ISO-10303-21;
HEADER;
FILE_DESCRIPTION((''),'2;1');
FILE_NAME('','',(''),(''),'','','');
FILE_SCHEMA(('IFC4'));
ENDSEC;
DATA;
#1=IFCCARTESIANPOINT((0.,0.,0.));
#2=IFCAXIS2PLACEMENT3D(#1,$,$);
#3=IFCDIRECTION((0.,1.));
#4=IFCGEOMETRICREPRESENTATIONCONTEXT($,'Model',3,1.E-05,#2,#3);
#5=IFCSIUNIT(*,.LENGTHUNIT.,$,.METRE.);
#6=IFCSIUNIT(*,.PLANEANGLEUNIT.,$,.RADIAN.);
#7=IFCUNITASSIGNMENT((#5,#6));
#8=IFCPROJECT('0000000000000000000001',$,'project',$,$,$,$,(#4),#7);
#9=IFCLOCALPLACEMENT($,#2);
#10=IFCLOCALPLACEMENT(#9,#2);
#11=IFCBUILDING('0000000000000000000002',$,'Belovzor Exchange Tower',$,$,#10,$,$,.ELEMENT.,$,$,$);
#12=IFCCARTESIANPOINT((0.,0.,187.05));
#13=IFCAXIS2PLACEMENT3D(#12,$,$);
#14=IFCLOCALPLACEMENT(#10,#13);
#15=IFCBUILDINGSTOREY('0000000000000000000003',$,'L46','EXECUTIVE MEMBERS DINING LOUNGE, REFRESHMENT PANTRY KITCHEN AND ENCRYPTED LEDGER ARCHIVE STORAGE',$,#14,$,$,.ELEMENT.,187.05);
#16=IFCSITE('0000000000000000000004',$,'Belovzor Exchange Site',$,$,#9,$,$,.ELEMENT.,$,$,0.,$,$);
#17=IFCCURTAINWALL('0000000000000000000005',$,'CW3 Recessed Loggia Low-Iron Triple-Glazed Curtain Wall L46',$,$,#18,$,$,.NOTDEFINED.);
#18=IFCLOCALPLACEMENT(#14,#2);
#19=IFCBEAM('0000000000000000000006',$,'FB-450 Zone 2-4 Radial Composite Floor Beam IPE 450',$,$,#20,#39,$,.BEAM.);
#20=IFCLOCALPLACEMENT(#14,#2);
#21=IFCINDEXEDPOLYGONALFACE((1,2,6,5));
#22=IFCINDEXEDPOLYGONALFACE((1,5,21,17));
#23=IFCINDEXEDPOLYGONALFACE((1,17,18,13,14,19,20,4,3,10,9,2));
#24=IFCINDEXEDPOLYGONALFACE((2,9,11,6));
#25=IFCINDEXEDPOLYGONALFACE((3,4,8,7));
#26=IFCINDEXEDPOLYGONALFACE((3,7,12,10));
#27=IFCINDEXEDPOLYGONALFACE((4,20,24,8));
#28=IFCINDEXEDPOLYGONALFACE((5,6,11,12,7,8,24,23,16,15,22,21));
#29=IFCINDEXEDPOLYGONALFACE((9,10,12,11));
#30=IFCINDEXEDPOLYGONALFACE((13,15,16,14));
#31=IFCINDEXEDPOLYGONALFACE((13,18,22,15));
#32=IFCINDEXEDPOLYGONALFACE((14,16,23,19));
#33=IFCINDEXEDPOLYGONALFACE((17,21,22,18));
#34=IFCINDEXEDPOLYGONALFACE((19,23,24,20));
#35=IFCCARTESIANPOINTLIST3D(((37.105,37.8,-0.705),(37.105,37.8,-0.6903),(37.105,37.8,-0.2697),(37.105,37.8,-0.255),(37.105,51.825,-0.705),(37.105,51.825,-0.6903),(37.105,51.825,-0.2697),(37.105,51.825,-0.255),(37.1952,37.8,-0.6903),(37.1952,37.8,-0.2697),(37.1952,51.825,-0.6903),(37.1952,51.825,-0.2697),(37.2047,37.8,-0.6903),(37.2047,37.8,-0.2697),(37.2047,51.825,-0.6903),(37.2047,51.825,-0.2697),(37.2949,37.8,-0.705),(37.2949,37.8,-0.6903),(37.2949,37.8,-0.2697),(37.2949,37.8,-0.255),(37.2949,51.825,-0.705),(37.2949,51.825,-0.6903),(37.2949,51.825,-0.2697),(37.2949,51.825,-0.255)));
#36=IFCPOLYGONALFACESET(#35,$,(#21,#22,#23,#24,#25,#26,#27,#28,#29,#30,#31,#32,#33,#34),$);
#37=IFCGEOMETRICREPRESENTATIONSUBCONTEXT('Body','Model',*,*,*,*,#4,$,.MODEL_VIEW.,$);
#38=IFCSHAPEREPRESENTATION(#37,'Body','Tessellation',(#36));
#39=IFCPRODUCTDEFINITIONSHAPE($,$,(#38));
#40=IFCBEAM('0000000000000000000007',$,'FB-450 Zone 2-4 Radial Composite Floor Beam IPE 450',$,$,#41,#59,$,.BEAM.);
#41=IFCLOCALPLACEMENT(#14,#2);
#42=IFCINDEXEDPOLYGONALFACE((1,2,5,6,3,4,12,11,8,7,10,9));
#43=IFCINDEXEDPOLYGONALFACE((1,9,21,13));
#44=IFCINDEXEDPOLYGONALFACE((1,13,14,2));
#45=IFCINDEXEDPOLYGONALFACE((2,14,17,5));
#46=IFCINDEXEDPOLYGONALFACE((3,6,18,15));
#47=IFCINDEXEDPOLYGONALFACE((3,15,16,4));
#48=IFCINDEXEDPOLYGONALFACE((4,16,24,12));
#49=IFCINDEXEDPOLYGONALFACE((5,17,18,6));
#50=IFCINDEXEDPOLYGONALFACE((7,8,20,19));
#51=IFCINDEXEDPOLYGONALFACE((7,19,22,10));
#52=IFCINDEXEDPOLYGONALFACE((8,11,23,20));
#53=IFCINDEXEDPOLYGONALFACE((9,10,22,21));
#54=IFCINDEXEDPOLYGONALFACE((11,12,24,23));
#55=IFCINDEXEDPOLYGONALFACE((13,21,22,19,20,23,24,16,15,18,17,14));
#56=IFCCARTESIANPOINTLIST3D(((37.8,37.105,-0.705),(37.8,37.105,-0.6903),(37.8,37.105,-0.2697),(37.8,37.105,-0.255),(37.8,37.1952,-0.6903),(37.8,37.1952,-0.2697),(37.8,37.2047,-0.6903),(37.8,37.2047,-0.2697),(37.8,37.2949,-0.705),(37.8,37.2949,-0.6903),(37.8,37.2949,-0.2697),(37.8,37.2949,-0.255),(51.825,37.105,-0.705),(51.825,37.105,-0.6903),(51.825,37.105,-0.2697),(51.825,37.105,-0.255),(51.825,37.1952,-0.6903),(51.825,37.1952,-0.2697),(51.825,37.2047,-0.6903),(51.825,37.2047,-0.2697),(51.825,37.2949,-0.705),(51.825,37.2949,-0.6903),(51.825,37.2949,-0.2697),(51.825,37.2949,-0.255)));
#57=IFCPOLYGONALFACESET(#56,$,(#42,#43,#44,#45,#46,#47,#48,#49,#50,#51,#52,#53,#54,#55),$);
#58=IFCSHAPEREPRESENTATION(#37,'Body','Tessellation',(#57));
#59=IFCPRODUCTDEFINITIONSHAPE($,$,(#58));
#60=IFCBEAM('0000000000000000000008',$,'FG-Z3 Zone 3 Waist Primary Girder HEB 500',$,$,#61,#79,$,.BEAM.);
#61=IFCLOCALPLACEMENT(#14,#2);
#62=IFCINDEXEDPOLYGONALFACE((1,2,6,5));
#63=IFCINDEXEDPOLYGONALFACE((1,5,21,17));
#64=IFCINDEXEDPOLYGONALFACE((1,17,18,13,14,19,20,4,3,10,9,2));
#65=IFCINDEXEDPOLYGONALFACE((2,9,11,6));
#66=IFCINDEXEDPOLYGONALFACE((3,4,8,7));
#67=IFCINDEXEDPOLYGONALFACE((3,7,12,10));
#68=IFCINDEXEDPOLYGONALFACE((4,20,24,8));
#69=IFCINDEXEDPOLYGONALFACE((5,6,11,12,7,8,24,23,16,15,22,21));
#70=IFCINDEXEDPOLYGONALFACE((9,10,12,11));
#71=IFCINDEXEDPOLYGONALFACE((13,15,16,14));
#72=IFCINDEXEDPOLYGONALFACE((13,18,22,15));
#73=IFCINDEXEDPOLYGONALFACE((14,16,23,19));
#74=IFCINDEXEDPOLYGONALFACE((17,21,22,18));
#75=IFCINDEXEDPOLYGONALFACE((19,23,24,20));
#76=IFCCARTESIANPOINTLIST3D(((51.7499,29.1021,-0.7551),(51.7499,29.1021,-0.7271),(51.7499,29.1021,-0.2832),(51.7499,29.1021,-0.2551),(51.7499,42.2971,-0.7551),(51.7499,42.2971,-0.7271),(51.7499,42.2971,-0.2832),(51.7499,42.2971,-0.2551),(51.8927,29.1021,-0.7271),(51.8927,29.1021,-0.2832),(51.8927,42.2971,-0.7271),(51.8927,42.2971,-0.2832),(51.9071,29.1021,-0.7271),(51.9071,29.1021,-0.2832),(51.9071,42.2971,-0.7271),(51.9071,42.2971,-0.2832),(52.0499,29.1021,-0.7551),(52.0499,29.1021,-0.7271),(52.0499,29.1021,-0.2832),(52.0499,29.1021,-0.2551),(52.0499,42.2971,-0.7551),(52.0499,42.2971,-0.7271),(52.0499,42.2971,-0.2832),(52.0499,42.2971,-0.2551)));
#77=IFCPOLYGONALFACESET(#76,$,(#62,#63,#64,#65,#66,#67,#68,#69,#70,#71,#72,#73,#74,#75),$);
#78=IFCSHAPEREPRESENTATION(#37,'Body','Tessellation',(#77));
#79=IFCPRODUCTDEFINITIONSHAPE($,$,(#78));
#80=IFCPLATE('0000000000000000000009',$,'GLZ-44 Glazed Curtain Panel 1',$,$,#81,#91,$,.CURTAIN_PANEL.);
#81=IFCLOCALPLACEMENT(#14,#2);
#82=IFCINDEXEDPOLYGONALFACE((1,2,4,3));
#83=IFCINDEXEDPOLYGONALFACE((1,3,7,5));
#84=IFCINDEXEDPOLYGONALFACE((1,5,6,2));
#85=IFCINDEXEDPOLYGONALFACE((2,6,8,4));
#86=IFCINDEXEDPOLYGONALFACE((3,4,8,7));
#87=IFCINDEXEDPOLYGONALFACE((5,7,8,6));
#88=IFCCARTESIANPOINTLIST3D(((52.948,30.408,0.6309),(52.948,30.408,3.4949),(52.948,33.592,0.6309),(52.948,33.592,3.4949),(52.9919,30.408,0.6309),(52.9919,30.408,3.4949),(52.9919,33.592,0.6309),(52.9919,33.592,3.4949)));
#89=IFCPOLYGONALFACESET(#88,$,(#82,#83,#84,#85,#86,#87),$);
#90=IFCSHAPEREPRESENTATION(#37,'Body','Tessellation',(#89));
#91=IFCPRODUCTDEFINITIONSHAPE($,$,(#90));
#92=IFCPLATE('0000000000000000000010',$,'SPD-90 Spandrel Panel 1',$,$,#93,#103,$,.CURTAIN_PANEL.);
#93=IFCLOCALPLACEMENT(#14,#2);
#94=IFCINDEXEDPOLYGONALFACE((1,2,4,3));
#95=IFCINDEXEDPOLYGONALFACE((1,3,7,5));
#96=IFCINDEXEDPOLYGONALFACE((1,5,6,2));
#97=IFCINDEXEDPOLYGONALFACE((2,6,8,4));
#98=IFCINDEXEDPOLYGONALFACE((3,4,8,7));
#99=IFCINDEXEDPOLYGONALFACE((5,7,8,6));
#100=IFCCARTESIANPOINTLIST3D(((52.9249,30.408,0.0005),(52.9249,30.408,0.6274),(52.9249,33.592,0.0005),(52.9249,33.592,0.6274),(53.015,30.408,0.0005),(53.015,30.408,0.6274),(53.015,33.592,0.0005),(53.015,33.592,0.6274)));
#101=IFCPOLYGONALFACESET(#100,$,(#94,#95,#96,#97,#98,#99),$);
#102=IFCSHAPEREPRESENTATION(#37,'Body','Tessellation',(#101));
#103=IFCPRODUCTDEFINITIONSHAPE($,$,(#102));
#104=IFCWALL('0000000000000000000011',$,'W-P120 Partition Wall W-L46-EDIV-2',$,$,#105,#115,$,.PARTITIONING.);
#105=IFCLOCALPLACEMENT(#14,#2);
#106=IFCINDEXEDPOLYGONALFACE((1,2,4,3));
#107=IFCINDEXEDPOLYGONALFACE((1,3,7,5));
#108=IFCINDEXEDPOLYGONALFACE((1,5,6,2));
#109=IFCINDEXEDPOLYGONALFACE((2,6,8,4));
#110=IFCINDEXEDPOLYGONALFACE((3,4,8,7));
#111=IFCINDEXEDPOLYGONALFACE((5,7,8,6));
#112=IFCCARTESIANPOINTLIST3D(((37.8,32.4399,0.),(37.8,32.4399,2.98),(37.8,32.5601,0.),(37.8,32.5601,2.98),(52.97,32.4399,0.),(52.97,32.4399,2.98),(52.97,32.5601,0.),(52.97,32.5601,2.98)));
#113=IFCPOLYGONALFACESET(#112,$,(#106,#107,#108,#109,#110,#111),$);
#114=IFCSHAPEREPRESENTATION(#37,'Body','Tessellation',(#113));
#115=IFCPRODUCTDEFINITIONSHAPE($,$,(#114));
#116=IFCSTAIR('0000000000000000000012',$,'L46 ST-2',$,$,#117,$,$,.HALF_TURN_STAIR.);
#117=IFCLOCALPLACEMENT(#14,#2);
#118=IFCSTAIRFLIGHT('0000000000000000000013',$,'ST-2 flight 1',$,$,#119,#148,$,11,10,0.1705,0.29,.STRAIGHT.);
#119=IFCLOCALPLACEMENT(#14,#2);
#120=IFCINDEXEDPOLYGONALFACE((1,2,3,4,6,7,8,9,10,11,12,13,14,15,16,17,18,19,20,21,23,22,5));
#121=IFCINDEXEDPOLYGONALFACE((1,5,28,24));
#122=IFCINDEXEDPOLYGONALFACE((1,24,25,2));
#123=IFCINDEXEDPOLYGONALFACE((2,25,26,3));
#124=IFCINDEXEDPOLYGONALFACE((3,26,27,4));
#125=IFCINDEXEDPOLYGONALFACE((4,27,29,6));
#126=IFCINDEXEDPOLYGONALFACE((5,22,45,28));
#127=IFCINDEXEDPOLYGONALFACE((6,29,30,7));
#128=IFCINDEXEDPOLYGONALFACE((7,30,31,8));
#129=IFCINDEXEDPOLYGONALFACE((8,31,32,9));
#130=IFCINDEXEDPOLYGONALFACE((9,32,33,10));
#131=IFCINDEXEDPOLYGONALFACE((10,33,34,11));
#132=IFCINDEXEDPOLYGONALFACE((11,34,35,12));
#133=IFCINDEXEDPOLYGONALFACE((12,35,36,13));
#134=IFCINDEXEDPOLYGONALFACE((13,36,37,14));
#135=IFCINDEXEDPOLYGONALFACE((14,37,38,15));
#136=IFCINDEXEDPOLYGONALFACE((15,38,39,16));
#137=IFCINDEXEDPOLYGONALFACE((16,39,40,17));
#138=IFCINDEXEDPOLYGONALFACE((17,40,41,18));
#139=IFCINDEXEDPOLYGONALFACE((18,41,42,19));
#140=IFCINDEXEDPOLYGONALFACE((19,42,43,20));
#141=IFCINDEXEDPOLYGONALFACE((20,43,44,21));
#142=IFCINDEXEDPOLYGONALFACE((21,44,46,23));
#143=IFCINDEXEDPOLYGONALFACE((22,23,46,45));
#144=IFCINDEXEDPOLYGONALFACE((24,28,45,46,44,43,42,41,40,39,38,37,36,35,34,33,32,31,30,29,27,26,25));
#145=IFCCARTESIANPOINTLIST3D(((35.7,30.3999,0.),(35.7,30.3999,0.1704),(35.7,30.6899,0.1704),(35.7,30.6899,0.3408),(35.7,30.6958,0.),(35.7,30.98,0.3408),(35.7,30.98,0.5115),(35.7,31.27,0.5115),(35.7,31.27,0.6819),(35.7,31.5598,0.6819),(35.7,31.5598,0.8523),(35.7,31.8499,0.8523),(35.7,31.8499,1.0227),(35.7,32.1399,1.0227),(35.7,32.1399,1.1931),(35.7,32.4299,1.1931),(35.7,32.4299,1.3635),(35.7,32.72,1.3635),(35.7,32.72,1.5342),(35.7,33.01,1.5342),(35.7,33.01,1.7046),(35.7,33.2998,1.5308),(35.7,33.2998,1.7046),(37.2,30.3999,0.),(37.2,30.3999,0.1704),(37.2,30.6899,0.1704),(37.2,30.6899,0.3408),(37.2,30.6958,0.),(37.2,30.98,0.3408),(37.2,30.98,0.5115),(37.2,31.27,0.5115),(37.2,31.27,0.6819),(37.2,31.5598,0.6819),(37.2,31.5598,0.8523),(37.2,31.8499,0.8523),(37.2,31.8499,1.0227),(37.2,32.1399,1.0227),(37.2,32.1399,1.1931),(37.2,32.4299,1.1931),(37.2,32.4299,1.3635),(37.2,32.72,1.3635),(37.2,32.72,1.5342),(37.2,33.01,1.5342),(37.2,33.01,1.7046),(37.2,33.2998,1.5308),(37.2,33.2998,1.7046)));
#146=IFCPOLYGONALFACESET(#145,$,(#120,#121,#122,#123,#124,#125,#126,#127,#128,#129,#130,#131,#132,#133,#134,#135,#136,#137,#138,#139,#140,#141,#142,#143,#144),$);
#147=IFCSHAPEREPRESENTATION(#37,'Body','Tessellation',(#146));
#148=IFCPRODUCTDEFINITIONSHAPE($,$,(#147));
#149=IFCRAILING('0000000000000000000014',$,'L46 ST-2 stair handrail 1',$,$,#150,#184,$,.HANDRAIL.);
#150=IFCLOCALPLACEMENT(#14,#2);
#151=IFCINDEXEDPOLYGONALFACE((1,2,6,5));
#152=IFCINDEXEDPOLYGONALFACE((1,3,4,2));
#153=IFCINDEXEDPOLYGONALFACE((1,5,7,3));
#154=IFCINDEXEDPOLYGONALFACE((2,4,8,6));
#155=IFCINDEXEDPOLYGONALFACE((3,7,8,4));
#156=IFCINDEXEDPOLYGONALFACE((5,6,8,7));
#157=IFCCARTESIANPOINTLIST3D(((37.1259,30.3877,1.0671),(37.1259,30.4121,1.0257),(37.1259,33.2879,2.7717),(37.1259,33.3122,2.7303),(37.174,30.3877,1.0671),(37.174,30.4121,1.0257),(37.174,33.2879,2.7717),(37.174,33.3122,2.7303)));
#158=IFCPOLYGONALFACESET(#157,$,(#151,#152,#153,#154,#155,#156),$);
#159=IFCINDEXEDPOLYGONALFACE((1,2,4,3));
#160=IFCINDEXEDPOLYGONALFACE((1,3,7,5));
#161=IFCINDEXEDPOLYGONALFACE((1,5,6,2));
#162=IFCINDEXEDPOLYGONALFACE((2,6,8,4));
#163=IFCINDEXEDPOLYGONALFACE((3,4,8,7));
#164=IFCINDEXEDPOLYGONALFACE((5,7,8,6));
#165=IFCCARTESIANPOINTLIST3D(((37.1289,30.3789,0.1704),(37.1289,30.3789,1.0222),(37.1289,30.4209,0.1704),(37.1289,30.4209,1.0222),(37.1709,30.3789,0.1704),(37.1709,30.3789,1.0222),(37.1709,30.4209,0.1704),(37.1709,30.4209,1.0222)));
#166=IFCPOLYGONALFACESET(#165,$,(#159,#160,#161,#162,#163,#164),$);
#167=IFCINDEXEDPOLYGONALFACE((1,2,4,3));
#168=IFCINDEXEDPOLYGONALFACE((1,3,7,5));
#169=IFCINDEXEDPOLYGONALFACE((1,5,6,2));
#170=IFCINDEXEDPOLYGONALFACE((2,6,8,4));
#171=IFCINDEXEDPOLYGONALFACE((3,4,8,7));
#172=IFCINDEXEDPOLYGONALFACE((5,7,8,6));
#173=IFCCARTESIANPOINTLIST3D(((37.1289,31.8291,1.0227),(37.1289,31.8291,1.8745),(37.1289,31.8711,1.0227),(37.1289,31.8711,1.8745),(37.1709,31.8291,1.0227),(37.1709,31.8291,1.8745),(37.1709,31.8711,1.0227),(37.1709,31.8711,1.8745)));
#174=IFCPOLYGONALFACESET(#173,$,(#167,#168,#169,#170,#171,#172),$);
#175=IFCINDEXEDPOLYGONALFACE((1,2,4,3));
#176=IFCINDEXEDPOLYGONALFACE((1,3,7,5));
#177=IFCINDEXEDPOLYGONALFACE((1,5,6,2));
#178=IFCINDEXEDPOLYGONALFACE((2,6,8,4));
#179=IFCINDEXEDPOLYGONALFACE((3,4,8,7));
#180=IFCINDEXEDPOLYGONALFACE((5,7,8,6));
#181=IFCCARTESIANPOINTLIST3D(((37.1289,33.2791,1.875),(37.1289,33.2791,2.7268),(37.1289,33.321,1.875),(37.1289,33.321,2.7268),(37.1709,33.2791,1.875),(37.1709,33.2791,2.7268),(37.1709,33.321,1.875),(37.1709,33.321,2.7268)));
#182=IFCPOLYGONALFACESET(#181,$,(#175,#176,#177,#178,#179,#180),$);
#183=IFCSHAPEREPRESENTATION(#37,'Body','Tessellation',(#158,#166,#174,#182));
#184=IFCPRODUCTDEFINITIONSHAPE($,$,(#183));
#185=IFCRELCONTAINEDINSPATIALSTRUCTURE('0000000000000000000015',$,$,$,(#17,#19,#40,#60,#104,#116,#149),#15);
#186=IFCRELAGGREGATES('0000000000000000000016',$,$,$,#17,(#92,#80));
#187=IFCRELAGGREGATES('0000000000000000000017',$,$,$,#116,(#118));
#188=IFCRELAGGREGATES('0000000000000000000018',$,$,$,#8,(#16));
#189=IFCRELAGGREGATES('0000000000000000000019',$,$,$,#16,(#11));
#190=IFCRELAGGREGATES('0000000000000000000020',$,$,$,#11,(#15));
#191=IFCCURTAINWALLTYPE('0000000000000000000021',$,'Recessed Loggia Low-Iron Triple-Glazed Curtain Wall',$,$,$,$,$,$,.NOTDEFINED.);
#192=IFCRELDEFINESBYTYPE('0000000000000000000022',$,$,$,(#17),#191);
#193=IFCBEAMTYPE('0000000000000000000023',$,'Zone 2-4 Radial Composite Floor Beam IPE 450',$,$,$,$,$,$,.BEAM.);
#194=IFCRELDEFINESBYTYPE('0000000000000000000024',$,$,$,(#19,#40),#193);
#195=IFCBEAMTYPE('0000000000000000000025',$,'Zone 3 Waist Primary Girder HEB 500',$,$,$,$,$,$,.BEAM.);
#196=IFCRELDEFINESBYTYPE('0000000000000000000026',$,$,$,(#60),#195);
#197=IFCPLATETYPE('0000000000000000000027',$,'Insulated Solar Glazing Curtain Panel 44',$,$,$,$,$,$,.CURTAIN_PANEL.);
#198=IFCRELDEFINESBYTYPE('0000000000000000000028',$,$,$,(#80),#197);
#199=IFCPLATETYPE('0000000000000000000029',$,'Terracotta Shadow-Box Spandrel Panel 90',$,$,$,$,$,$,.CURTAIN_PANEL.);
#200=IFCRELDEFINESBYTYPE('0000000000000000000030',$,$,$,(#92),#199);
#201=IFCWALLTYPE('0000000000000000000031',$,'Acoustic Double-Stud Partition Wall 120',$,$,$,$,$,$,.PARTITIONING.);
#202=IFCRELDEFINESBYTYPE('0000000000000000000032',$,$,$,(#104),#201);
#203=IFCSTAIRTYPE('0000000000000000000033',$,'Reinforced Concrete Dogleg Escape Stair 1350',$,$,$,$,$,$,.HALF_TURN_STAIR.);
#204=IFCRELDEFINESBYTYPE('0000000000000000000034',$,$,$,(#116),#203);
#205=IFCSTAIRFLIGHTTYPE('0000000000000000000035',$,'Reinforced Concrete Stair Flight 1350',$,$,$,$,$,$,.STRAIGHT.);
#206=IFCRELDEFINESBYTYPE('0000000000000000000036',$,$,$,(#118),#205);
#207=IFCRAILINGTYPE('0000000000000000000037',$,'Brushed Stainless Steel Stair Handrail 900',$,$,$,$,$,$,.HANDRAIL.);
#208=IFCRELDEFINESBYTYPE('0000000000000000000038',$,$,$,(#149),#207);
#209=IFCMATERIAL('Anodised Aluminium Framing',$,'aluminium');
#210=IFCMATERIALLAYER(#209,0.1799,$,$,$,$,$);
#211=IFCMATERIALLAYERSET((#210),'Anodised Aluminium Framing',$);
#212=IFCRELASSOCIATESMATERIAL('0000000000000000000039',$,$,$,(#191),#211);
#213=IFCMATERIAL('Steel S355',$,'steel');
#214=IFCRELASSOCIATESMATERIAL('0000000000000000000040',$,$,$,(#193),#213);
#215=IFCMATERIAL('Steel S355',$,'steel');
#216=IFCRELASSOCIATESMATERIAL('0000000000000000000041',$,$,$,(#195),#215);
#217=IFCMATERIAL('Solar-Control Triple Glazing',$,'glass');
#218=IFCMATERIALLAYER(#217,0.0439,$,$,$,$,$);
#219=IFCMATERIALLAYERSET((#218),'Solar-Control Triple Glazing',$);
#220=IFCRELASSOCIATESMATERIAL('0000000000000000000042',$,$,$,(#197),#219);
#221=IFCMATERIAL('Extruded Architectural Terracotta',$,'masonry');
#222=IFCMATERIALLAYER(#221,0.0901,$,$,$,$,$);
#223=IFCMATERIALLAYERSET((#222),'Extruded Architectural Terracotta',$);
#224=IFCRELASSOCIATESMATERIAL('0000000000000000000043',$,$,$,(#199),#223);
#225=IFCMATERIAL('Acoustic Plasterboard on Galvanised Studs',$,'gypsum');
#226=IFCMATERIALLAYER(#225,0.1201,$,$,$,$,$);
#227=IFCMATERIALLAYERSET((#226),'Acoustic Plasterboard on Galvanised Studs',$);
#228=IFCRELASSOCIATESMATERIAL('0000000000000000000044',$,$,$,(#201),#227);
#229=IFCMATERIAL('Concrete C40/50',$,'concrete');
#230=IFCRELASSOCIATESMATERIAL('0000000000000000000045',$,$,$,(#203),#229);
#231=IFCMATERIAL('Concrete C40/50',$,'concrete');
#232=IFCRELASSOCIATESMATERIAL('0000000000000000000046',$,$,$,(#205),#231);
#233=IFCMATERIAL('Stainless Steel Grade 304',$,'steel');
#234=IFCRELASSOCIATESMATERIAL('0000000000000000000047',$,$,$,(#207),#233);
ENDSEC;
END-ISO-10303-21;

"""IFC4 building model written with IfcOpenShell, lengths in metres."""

from ifc_helpers import new_model, si_unit, direction, frame, frame_2d, origin, origin_2d, place, context, subcontext, project, spatial, polyline, rectangle, i_section, outline, extrude, material, layer, layer_set, material_profile, profile_set, type_object, element, aggregate, save


model = new_model("IFC4")

# Units and contexts
model_context = context("Model", 3, precision=1e-05, world=origin(), true_north=direction((0.0, 1.0)))
body_context = subcontext(model_context, "Body", "Model", "MODEL_VIEW")
ifc_project = project(units=[si_unit("LENGTHUNIT", "METRE"), si_unit("PLANEANGLEUNIT", "RADIAN")], contexts=[model_context])

# Site, building, storey
site_placement = place(None, origin())
site = spatial("IfcSite", under=ifc_project, at=site_placement, Name="Belovzor Exchange Site", CompositionType="ELEMENT", RefElevation=0.0)
building_placement = place(site_placement, origin())
building = spatial("IfcBuilding", under=site, at=building_placement, Name="Belovzor Exchange Tower", CompositionType="ELEMENT")
storey_placement = place(building_placement, frame((0.0, 0.0, 187.05)))
storey = spatial("IfcBuildingStorey", under=building, at=storey_placement, Name="L46", Description="EXECUTIVE MEMBERS DINING LOUNGE, REFRESHMENT PANTRY KITCHEN AND ENCRYPTED LEDGER ARCHIVE STORAGE", CompositionType="ELEMENT", Elevation=187.05)

# Curtain wall
ifc_material_1 = material(Name="Anodised Aluminium Framing", Category="aluminium")
ifc_layer_1 = layer(ifc_material_1, 0.1799)
ifc_layer_set_1 = layer_set([ifc_layer_1], Name="Anodised Aluminium Framing")
curtain_wall_type = type_object("IfcCurtainWallType", Name="Recessed Loggia Low-Iron Triple-Glazed Curtain Wall", PredefinedType="NOTDEFINED", material=ifc_layer_set_1)
curtain_wall_placement = place(storey_placement, origin())
curtain_wall = element("IfcCurtainWall", 1, at=curtain_wall_placement, inside=storey, type_object=curtain_wall_type, Name="CW3 Recessed Loggia Low-Iron Triple-Glazed Curtain Wall L46", PredefinedType="NOTDEFINED")

# Beams
ifc_material_2 = material(Name="Steel S355", Category="steel")
ifc_material_profile_1 = material_profile(ifc_material_2, i_section(OverallWidth=0.1899, OverallDepth=0.45, WebThickness=0.0095, FlangeThickness=0.0146, at=origin_2d()))
ifc_profile_set_1 = profile_set([ifc_material_profile_1], Name="Steel S355")
beam_type_1 = type_object("IfcBeamType", Name="Zone 2-4 Radial Composite Floor Beam IPE 450", PredefinedType="BEAM", material=ifc_profile_set_1)
for number, where, z_axis, x_axis, name in (
    (2, (37.2, 37.8, -0.48), (0.0, 1.0, 0.0), (-1.0, 0.0, 0.0), "FB-450 Zone 2-4 Radial Composite Floor Beam IPE 450"),
    (3, (37.8, 37.2, -0.48), (1.0, 0.0, 0.0), (0.0, 1.0, 0.0), "FB-450 Zone 2-4 Radial Composite Floor Beam IPE 450"),
):
    element("IfcBeam", number, at=place(storey_placement, frame(where, z_axis=z_axis, x_axis=x_axis)), inside=storey, type_object=beam_type_1, Name=name, PredefinedType="BEAM", context=body_context, shape_type="SweptSolid", body=[
        extrude(i_section(OverallWidth=0.1899, OverallDepth=0.45, WebThickness=0.0095, FlangeThickness=0.0146, at=origin_2d()), origin(), (0.0, 0.0, 1.0), 14.0249),
    ])
ifc_material_3 = material(Name="Steel S355", Category="steel")
ifc_material_profile_2 = material_profile(ifc_material_3, i_section(OverallWidth=0.3, OverallDepth=0.5, WebThickness=0.0144, FlangeThickness=0.0281, at=origin_2d()))
ifc_profile_set_2 = profile_set([ifc_material_profile_2], Name="Steel S355")
beam_type_2 = type_object("IfcBeamType", Name="Zone 3 Waist Primary Girder HEB 500", PredefinedType="BEAM", material=ifc_profile_set_2)
beam_1_placement = place(storey_placement, frame((51.8999, 29.1021, -0.5051), z_axis=(0.0, 1.0, 0.0), x_axis=(-1.0, 0.0, 0.0)))
element("IfcBeam", 4, at=beam_1_placement, inside=storey, type_object=beam_type_2, Name="FG-Z3 Zone 3 Waist Primary Girder HEB 500", PredefinedType="BEAM", context=body_context, shape_type="SweptSolid", body=[
    extrude(i_section(OverallWidth=0.3, OverallDepth=0.5, WebThickness=0.0144, FlangeThickness=0.0281, at=origin_2d()), origin(), (0.0, 0.0, 1.0), 13.1951),
])

# Plates
ifc_material_4 = material(Name="Solar-Control Triple Glazing", Category="glass")
ifc_layer_2 = layer(ifc_material_4, 0.0439)
ifc_layer_set_2 = layer_set([ifc_layer_2], Name="Solar-Control Triple Glazing")
plate_type_1 = type_object("IfcPlateType", Name="Insulated Solar Glazing Curtain Panel 44", PredefinedType="CURTAIN_PANEL", material=ifc_layer_set_2)
plate_1_placement = place(storey_placement, frame((52.97, 32.0, 0.6309), z_axis=(0.0, 0.0, 1.0), x_axis=(0.0, -1.0, 0.0)))
plate_1 = element("IfcPlate", 5, at=plate_1_placement, type_object=plate_type_1, Name="GLZ-44 Glazed Curtain Panel 1", PredefinedType="CURTAIN_PANEL", context=body_context, shape_type="SweptSolid", body=[
    extrude(rectangle(XDim=3.1841, YDim=0.0439, at=origin_2d()), origin(), (0.0, 0.0, 1.0), 2.864),
])
ifc_material_5 = material(Name="Extruded Architectural Terracotta", Category="masonry")
ifc_layer_3 = layer(ifc_material_5, 0.0901)
ifc_layer_set_3 = layer_set([ifc_layer_3], Name="Extruded Architectural Terracotta")
plate_type_2 = type_object("IfcPlateType", Name="Terracotta Shadow-Box Spandrel Panel 90", PredefinedType="CURTAIN_PANEL", material=ifc_layer_set_3)
plate_2_placement = place(storey_placement, frame((52.97, 32.0, 0.0005), z_axis=(0.0, 0.0, 1.0), x_axis=(0.0, -1.0, 0.0)))
plate_2 = element("IfcPlate", 6, at=plate_2_placement, type_object=plate_type_2, Name="SPD-90 Spandrel Panel 1", PredefinedType="CURTAIN_PANEL", context=body_context, shape_type="SweptSolid", body=[
    extrude(rectangle(XDim=3.1841, YDim=0.0901, at=origin_2d()), origin(), (0.0, 0.0, 1.0), 0.627),
])
aggregate(curtain_wall, [plate_2, plate_1])

# Wall
ifc_material_6 = material(Name="Acoustic Plasterboard on Galvanised Studs", Category="gypsum")
ifc_layer_4 = layer(ifc_material_6, 0.1201)
ifc_layer_set_4 = layer_set([ifc_layer_4], Name="Acoustic Plasterboard on Galvanised Studs")
wall_type = type_object("IfcWallType", Name="Acoustic Double-Stud Partition Wall 120", PredefinedType="PARTITIONING", material=ifc_layer_set_4)
wall_placement = place(storey_placement, frame((37.8, 32.5, 0.0), z_axis=(0.0, 0.0, 1.0), x_axis=(1.0, 0.0, 0.0)))
element("IfcWall", 7, at=wall_placement, inside=storey, type_object=wall_type, Name="W-P120 Partition Wall W-L46-EDIV-2", PredefinedType="PARTITIONING", context=body_context, shape_type="SweptSolid", body=[
    extrude(rectangle(XDim=15.1699, YDim=0.1201, at=frame_2d((7.585, 0.0))), origin(), (0.0, 0.0, 1.0), 2.98),
])

# Stair, stair flight
ifc_material_7 = material(Name="Concrete C40/50", Category="concrete")
stair_type = type_object("IfcStairType", Name="Reinforced Concrete Dogleg Escape Stair 1350", PredefinedType="HALF_TURN_STAIR", material=ifc_material_7)
stair_placement = place(storey_placement, origin())
stair = element("IfcStair", 8, at=stair_placement, inside=storey, type_object=stair_type, Name="L46 ST-2", PredefinedType="HALF_TURN_STAIR")
ifc_material_8 = material(Name="Concrete C40/50", Category="concrete")
stair_flight_type = type_object("IfcStairFlightType", Name="Reinforced Concrete Stair Flight 1350", PredefinedType="STRAIGHT", material=ifc_material_8)
stair_flight_placement = place(storey_placement, frame((36.45, 30.3999, 0.0), z_axis=(0.0, 0.0, 1.0), x_axis=(0.0, 1.0, 0.0)))
stair_flight = element("IfcStairFlight", 9, at=stair_flight_placement, type_object=stair_flight_type, Name="ST-2 flight 1", NumberOfRisers=11, NumberOfTreads=10, PredefinedType="STRAIGHT", RiserHeight=0.1705, TreadLength=0.29, context=body_context, shape_type="SweptSolid", body=[
    extrude(outline(polyline([(0.0, 0.0), (0.0, 0.1704), (0.29, 0.1704), (0.29, 0.3408), (0.5801, 0.3408), (0.5801, 0.5115), (0.8701, 0.5115), (0.8701, 0.6819), (1.1599, 0.6819), (1.1599, 0.8523), (1.45, 0.8523), (1.45, 1.0227), (1.74, 1.0227), (1.74, 1.1931), (2.03, 1.1931), (2.03, 1.3635), (2.3201, 1.3635), (2.3201, 1.5342), (2.6101, 1.5342), (2.6101, 1.7046), (2.8999, 1.7046), (2.8999, 1.875), (2.8999, 1.5308), (0.2959, 0.0), (0.0, 0.0)])), frame((0.0, 0.75, 0.0), z_axis=(0.0, -1.0, 0.0), x_axis=(1.0, 0.0, 0.0)), (0.0, 0.0, 1.0), 1.5),
])
aggregate(stair, [stair_flight])

# Railing
ifc_material_9 = material(Name="Stainless Steel Grade 304", Category="steel")
railing_type_1 = type_object("IfcRailingType", Name="Brushed Stainless Steel Stair Handrail 900", PredefinedType="HANDRAIL", material=ifc_material_9)
railing_1_placement = place(storey_placement, frame((37.1499, 30.3999, 0.1704)))
element("IfcRailing", 10, at=railing_1_placement, inside=storey, type_object=railing_type_1, Name="L46 ST-2 stair handrail 1", PredefinedType="HANDRAIL", context=body_context, shape_type="SweptSolid", body=[
    extrude(rectangle(XDim=0.0481, YDim=0.0481, at=origin_2d()), frame((0.0, 0.0, 0.876), z_axis=(0.0, 0.862113, 0.506716), x_axis=(-1.0, 0.0, 0.0)), (0.0, 0.0, 1.0), 3.364),
    extrude(rectangle(XDim=0.042, YDim=0.042, at=origin_2d()), origin(), (0.0, 0.0, 1.0), 0.8518),
    extrude(rectangle(XDim=0.042, YDim=0.042, at=origin_2d()), frame((0.0, 1.4502, 0.8523)), (0.0, 0.0, 1.0), 0.8518),
    extrude(rectangle(XDim=0.042, YDim=0.042, at=origin_2d()), frame((0.0, 2.9001, 1.7046)), (0.0, 0.0, 1.0), 0.8518),
])

save(model, "model.ifc")
